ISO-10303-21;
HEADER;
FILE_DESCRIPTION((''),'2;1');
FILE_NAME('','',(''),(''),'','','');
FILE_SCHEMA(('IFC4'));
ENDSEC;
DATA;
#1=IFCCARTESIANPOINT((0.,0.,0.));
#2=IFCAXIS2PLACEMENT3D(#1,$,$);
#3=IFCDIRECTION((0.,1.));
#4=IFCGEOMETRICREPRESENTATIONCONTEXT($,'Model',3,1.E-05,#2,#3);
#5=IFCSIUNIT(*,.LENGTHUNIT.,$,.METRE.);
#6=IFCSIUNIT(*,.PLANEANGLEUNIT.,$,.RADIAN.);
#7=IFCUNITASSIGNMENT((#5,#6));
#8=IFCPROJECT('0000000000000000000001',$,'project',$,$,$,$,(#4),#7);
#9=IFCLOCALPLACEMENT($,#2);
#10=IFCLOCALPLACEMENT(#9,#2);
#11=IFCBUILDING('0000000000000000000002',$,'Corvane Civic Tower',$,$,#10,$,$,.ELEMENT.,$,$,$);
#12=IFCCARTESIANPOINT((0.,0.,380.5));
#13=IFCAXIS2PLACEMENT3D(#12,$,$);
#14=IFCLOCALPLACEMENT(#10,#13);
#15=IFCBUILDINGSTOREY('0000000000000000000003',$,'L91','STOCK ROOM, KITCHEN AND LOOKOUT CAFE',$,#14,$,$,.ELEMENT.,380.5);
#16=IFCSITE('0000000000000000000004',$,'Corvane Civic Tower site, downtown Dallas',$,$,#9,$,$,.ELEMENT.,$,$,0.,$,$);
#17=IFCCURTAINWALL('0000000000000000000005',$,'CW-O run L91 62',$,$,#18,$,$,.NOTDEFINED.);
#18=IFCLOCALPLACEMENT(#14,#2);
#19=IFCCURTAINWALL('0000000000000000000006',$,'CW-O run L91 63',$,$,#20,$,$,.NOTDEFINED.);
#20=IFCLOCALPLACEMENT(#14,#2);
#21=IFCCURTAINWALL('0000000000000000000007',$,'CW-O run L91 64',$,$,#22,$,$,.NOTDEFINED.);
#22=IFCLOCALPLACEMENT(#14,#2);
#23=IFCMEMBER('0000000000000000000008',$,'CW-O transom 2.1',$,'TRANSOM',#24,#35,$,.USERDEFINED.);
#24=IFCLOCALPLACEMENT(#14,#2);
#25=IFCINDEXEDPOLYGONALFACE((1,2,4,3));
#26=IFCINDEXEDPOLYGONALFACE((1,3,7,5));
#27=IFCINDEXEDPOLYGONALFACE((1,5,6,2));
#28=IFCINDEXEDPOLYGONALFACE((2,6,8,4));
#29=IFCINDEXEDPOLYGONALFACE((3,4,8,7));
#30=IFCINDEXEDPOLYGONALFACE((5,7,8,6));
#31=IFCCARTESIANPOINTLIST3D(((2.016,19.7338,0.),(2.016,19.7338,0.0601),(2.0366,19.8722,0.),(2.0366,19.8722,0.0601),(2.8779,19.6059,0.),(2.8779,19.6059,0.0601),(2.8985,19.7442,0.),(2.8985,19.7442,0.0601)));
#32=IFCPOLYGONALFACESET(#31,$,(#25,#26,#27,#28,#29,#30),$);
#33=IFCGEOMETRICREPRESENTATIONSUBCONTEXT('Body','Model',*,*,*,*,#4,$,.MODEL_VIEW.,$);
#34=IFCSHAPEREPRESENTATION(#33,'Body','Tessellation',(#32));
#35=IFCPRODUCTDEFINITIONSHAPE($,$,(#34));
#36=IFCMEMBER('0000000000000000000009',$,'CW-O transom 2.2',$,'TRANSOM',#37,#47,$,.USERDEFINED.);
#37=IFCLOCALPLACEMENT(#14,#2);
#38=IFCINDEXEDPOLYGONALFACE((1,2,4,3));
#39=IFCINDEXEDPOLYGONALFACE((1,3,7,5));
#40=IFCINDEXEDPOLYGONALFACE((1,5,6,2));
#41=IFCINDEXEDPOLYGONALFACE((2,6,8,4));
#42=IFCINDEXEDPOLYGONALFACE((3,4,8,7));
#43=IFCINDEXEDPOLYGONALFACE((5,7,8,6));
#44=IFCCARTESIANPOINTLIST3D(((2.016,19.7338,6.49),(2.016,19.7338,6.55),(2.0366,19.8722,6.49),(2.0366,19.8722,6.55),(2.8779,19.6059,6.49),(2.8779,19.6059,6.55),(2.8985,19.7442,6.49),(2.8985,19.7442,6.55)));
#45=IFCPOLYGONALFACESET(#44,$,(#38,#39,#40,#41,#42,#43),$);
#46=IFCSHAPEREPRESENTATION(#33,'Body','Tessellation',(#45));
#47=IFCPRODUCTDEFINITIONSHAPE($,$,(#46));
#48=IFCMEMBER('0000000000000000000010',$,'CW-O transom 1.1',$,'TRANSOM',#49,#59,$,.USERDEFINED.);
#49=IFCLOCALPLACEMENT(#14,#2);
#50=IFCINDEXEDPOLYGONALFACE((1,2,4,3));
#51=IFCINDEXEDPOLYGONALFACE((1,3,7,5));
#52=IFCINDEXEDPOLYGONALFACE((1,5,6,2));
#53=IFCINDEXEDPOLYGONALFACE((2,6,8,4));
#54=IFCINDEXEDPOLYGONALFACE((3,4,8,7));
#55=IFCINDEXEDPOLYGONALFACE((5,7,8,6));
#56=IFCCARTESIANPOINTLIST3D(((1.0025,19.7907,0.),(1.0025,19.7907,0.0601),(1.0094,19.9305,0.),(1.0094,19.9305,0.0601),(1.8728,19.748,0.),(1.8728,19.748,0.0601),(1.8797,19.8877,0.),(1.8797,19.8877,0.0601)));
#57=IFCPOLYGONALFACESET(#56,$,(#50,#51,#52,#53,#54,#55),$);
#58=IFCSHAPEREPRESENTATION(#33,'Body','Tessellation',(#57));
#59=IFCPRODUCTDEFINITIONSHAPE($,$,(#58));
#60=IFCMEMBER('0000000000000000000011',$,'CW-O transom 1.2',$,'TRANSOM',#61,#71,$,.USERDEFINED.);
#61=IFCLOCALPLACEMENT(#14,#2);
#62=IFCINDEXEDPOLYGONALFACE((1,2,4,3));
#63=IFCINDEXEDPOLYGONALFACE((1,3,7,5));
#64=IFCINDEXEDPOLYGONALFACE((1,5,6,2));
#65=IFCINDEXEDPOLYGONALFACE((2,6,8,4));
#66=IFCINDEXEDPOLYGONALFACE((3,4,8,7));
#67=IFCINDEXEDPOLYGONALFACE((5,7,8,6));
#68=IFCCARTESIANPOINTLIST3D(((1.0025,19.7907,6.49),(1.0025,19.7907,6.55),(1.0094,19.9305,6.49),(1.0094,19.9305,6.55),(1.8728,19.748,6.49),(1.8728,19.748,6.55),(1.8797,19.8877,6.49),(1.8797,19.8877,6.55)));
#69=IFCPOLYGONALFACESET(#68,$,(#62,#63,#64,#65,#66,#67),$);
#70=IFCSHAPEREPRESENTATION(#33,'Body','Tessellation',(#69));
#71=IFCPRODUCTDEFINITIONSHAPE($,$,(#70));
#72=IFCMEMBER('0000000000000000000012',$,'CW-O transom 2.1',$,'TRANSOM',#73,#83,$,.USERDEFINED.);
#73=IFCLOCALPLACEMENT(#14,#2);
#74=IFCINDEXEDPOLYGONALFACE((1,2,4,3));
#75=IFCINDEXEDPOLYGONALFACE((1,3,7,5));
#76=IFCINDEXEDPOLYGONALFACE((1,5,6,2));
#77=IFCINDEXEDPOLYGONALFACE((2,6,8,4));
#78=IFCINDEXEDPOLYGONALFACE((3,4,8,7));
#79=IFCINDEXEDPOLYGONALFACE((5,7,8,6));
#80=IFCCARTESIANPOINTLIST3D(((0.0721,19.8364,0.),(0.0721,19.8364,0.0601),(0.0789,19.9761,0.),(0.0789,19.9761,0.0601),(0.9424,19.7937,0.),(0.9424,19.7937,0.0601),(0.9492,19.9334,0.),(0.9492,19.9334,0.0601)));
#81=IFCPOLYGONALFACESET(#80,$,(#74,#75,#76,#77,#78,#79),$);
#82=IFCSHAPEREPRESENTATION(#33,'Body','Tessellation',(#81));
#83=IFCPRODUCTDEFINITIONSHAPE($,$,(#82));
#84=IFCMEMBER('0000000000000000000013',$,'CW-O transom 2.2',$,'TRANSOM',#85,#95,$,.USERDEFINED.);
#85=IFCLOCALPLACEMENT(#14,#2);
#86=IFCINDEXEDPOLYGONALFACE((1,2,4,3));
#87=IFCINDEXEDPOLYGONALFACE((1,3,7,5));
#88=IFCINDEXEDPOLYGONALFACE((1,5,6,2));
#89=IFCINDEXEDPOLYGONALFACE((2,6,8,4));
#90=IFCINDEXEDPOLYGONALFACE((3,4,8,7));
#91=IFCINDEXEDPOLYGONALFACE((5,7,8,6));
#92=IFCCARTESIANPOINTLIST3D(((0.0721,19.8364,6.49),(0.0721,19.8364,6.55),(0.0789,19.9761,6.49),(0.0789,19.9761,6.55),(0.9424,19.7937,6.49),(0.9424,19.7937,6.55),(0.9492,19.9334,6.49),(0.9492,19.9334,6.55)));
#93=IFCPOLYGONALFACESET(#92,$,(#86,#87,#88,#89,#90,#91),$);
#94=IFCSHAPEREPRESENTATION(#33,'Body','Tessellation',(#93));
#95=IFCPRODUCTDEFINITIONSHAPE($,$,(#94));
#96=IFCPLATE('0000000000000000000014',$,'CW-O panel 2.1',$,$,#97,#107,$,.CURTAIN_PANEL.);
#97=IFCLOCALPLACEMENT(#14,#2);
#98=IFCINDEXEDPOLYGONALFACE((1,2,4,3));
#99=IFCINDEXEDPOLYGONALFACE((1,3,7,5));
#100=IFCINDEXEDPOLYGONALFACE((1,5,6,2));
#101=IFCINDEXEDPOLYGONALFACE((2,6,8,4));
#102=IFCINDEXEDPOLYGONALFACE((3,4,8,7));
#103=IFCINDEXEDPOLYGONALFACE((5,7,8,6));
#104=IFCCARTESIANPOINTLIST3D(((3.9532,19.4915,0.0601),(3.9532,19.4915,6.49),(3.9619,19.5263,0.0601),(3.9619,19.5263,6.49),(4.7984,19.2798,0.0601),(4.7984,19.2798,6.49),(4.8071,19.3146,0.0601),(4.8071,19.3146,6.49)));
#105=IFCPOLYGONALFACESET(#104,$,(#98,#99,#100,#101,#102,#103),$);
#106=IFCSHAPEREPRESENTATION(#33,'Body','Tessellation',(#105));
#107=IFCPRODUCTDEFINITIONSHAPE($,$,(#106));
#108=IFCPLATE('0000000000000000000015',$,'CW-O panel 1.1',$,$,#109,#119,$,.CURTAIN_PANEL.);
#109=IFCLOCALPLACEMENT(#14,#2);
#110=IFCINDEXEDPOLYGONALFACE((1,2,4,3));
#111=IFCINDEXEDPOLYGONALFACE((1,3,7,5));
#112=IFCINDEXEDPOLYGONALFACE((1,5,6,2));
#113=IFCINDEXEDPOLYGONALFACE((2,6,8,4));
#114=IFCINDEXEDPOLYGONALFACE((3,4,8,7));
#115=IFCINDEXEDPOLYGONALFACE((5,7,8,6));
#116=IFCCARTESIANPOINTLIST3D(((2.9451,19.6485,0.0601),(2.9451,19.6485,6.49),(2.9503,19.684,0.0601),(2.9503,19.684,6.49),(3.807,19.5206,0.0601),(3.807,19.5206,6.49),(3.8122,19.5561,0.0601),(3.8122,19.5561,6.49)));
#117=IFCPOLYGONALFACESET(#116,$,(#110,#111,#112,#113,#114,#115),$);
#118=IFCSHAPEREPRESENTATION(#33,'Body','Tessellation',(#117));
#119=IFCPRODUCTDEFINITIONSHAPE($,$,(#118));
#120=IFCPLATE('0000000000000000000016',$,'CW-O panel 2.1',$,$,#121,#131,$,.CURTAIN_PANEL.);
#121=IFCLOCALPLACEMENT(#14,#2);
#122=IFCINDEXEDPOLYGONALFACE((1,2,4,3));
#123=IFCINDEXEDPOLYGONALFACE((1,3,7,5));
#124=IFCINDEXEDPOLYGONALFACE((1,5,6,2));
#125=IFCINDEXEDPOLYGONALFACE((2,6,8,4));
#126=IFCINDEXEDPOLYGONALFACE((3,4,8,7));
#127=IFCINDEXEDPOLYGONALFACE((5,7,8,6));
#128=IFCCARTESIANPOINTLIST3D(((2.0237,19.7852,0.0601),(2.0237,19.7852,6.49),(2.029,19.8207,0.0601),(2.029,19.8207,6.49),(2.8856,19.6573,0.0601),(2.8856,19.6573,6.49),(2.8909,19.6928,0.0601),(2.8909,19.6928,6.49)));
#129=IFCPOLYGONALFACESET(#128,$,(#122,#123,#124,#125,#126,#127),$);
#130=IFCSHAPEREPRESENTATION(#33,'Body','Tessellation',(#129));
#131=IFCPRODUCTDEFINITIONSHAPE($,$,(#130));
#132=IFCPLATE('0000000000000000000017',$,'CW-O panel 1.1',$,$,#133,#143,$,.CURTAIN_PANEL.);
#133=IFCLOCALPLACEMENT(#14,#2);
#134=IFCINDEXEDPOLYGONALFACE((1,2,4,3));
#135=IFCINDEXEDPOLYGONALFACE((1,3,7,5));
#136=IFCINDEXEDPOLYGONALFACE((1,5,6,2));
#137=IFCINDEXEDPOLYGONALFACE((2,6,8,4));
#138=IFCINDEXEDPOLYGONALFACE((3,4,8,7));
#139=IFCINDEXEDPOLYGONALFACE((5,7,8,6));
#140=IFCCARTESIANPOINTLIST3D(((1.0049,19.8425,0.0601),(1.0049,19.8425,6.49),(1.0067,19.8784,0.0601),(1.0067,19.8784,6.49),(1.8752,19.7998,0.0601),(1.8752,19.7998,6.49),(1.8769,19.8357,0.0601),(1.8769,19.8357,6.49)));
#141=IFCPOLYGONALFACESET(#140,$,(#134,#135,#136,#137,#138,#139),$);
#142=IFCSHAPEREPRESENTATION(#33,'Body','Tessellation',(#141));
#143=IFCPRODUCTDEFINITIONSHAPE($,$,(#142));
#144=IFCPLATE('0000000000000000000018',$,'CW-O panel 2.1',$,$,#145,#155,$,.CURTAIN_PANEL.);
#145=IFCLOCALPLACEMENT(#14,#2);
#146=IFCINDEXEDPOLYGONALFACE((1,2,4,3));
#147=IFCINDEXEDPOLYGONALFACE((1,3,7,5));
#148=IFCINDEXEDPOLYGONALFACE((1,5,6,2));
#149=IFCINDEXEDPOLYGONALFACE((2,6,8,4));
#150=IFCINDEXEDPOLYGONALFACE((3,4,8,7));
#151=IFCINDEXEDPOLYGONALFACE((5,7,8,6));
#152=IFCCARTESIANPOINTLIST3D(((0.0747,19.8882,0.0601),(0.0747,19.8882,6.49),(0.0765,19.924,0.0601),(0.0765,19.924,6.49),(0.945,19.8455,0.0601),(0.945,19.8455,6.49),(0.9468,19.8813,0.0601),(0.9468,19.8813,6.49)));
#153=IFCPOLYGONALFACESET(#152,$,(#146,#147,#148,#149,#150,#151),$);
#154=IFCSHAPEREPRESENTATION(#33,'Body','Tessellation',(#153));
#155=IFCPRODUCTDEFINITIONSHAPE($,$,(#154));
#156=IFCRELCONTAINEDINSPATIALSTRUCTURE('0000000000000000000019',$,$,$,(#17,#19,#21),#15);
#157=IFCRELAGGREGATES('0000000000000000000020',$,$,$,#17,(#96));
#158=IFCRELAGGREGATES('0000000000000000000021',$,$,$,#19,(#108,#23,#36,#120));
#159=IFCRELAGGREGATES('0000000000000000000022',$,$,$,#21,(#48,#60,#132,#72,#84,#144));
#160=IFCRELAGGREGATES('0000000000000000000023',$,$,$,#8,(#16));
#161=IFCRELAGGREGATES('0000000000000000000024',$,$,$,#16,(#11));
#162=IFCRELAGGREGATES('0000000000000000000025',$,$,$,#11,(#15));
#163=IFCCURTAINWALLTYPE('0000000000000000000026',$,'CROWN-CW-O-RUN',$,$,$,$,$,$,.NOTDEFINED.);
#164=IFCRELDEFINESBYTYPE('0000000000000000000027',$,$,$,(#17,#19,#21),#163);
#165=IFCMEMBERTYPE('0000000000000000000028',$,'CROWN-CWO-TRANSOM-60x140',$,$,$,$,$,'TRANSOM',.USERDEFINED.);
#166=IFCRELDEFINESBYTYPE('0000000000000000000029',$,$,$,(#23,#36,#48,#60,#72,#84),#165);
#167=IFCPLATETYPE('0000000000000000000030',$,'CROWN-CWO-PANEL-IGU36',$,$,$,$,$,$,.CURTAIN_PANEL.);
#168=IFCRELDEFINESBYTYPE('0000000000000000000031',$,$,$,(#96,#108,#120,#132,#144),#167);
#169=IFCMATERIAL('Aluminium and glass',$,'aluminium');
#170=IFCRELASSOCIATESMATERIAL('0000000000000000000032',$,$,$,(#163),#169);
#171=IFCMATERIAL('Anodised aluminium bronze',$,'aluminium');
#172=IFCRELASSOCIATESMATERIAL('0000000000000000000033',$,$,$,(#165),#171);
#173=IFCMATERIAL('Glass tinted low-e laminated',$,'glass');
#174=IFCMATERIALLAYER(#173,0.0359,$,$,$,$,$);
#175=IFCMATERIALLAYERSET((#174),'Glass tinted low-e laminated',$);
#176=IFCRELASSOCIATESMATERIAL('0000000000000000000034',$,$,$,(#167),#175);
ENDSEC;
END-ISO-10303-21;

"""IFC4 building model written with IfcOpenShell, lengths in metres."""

from ifc_helpers import new_model, si_unit, direction, frame, origin, origin_2d, place, context, subcontext, project, spatial, rectangle, extrude, material, layer, layer_set, material_profile, profile_set, type_object, element, aggregate, save


model = new_model("IFC4")

# Units and contexts
model_context = context("Model", 3, precision=1e-05, world=origin(), true_north=direction((0.0, 1.0)))
body_context = subcontext(model_context, "Body", "Model", "MODEL_VIEW")
ifc_project = project(units=[si_unit("LENGTHUNIT", "METRE"), si_unit("PLANEANGLEUNIT", "RADIAN")], contexts=[model_context])

# Site, building, storey
site_placement = place(None, origin())
site = spatial("IfcSite", under=ifc_project, at=site_placement, Name="Corvane Civic Tower site, downtown Dallas", CompositionType="ELEMENT", RefElevation=0.0)
building_placement = place(site_placement, origin())
building = spatial("IfcBuilding", under=site, at=building_placement, Name="Corvane Civic Tower", CompositionType="ELEMENT")
storey_placement = place(building_placement, frame((0.0, 0.0, 380.5)))
storey = spatial("IfcBuildingStorey", under=building, at=storey_placement, Name="L91", Description="STOCK ROOM, KITCHEN AND LOOKOUT CAFE", CompositionType="ELEMENT", Elevation=380.5)

# Curtain wall
ifc_material_1 = material(Name="Aluminium and glass", Category="aluminium")
curtain_wall_type = type_object("IfcCurtainWallType", Name="CROWN-CW-O-RUN", PredefinedType="NOTDEFINED", material=ifc_material_1)
curtain_wall_1_placement = place(storey_placement, origin())
curtain_wall_1 = element("IfcCurtainWall", 1, at=curtain_wall_1_placement, inside=storey, type_object=curtain_wall_type, Name="CW-O run L91 62", PredefinedType="NOTDEFINED")

# Curtain walls
curtain_wall_2_placement = place(storey_placement, origin())
curtain_wall_2 = element("IfcCurtainWall", 2, at=curtain_wall_2_placement, inside=storey, type_object=curtain_wall_type, Name="CW-O run L91 63", PredefinedType="NOTDEFINED")
curtain_wall_3_placement = place(storey_placement, origin())
curtain_wall_3 = element("IfcCurtainWall", 3, at=curtain_wall_3_placement, inside=storey, type_object=curtain_wall_type, Name="CW-O run L91 64", PredefinedType="NOTDEFINED")

# Members
ifc_material_2 = material(Name="Anodised aluminium bronze", Category="aluminium")
ifc_material_profile_1 = material_profile(ifc_material_2, rectangle(XDim=0.1399, YDim=0.0601, at=origin_2d()), Name="AL 140x60")
ifc_profile_set_1 = profile_set([ifc_material_profile_1], Name="Anodised aluminium bronze")
member_type_1 = type_object("IfcMemberType", Name="CROWN-CWO-TRANSOM-60x140", ElementType="TRANSOM", PredefinedType="USERDEFINED", material=ifc_profile_set_1)
member_1_placement = place(storey_placement, frame((2.8882, 19.675, 0.03), z_axis=(-0.989161, 0.146833, 0.0), x_axis=(-0.146833, -0.989161, 0.0)))
member_1 = element("IfcMember", 4, at=member_1_placement, type_object=member_type_1, Name="CW-O transom 2.1", ObjectType="TRANSOM", PredefinedType="USERDEFINED", context=body_context, shape_type="SweptSolid", body=[
    extrude(rectangle(XDim=0.1399, YDim=0.0601, at=origin_2d()), origin(), (0.0, 0.0, 1.0), 0.8713),
])
member_2_placement = place(storey_placement, frame((2.8882, 19.675, 6.52), z_axis=(-0.989161, 0.146833, 0.0), x_axis=(-0.146833, -0.989161, 0.0)))
member_2 = element("IfcMember", 5, at=member_2_placement, type_object=member_type_1, Name="CW-O transom 2.2", ObjectType="TRANSOM", PredefinedType="USERDEFINED", context=body_context, shape_type="SweptSolid", body=[
    extrude(rectangle(XDim=0.1399, YDim=0.0601, at=origin_2d()), origin(), (0.0, 0.0, 1.0), 0.8713),
])
member_3_placement = place(storey_placement, frame((1.8762, 19.8179, 0.03), z_axis=(-0.998797, 0.049029, 0.0), x_axis=(-0.049029, -0.998797, 0.0)))
member_3 = element("IfcMember", 6, at=member_3_placement, type_object=member_type_1, Name="CW-O transom 1.1", ObjectType="TRANSOM", PredefinedType="USERDEFINED", context=body_context, shape_type="SweptSolid", body=[
    extrude(rectangle(XDim=0.1399, YDim=0.0601, at=origin_2d()), origin(), (0.0, 0.0, 1.0), 0.8713),
])
member_4_placement = place(storey_placement, frame((1.8762, 19.8179, 6.52), z_axis=(-0.998797, 0.049029, 0.0), x_axis=(-0.049029, -0.998797, 0.0)))
member_4 = element("IfcMember", 7, at=member_4_placement, type_object=member_type_1, Name="CW-O transom 1.2", ObjectType="TRANSOM", PredefinedType="USERDEFINED", context=body_context, shape_type="SweptSolid", body=[
    extrude(rectangle(XDim=0.1399, YDim=0.0601, at=origin_2d()), origin(), (0.0, 0.0, 1.0), 0.8713),
])
member_5_placement = place(storey_placement, frame((0.9458, 19.8635, 0.03), z_axis=(-0.998797, 0.049029, 0.0), x_axis=(-0.049029, -0.998797, 0.0)))
member_5 = element("IfcMember", 8, at=member_5_placement, type_object=member_type_1, Name="CW-O transom 2.1", ObjectType="TRANSOM", PredefinedType="USERDEFINED", context=body_context, shape_type="SweptSolid", body=[
    extrude(rectangle(XDim=0.1399, YDim=0.0601, at=origin_2d()), origin(), (0.0, 0.0, 1.0), 0.8713),
])
member_6_placement = place(storey_placement, frame((0.9458, 19.8635, 6.52), z_axis=(-0.998797, 0.049029, 0.0), x_axis=(-0.049029, -0.998797, 0.0)))
member_6 = element("IfcMember", 9, at=member_6_placement, type_object=member_type_1, Name="CW-O transom 2.2", ObjectType="TRANSOM", PredefinedType="USERDEFINED", context=body_context, shape_type="SweptSolid", body=[
    extrude(rectangle(XDim=0.1399, YDim=0.0601, at=origin_2d()), origin(), (0.0, 0.0, 1.0), 0.8713),
])

# Plates
ifc_material_3 = material(Name="Glass tinted low-e laminated", Category="glass")
ifc_layer = layer(ifc_material_3, 0.0359)
ifc_layer_set = layer_set([ifc_layer], Name="Glass tinted low-e laminated")
plate_type = type_object("IfcPlateType", Name="CROWN-CWO-PANEL-IGU36", PredefinedType="CURTAIN_PANEL", material=ifc_layer_set)
plate_1_placement = place(storey_placement, frame((4.3801, 19.4031, 0.0601), z_axis=(0.0, 0.0, 1.0), x_axis=(-0.970038, 0.242952, 0.0)))
plate_1 = element("IfcPlate", 10, at=plate_1_placement, type_object=plate_type, Name="CW-O panel 2.1", PredefinedType="CURTAIN_PANEL", context=body_context, shape_type="SweptSolid", body=[
    extrude(rectangle(XDim=0.8713, YDim=0.0359, at=origin_2d()), origin(), (0.0, 0.0, 1.0), 6.4299),
])
aggregate(curtain_wall_1, [plate_1])
plate_2_placement = place(storey_placement, frame((3.3787, 19.6023, 0.0601), z_axis=(0.0, 0.0, 1.0), x_axis=(-0.98917, 0.146771, 0.0)))
plate_2 = element("IfcPlate", 11, at=plate_2_placement, type_object=plate_type, Name="CW-O panel 1.1", PredefinedType="CURTAIN_PANEL", context=body_context, shape_type="SweptSolid", body=[
    extrude(rectangle(XDim=0.8713, YDim=0.0359, at=origin_2d()), origin(), (0.0, 0.0, 1.0), 6.4299),
])
plate_3_placement = place(storey_placement, frame((2.4573, 19.739, 0.0601), z_axis=(0.0, 0.0, 1.0), x_axis=(-0.98917, 0.146771, 0.0)))
plate_3 = element("IfcPlate", 12, at=plate_3_placement, type_object=plate_type, Name="CW-O panel 2.1", PredefinedType="CURTAIN_PANEL", context=body_context, shape_type="SweptSolid", body=[
    extrude(rectangle(XDim=0.8713, YDim=0.0359, at=origin_2d()), origin(), (0.0, 0.0, 1.0), 6.4299),
])
aggregate(curtain_wall_2, [plate_2, member_1, member_2, plate_3])
plate_4_placement = place(storey_placement, frame((1.4409, 19.8391, 0.0601), z_axis=(0.0, 0.0, 1.0), x_axis=(-0.998799, 0.048991, 0.0)))
plate_4 = element("IfcPlate", 13, at=plate_4_placement, type_object=plate_type, Name="CW-O panel 1.1", PredefinedType="CURTAIN_PANEL", context=body_context, shape_type="SweptSolid", body=[
    extrude(rectangle(XDim=0.8713, YDim=0.0359, at=origin_2d()), origin(), (0.0, 0.0, 1.0), 6.4299),
])
plate_5_placement = place(storey_placement, frame((0.5107, 19.8848, 0.0601), z_axis=(0.0, 0.0, 1.0), x_axis=(-0.998799, 0.048991, 0.0)))
plate_5 = element("IfcPlate", 14, at=plate_5_placement, type_object=plate_type, Name="CW-O panel 2.1", PredefinedType="CURTAIN_PANEL", context=body_context, shape_type="SweptSolid", body=[
    extrude(rectangle(XDim=0.8713, YDim=0.0359, at=origin_2d()), origin(), (0.0, 0.0, 1.0), 6.4299),
])
aggregate(curtain_wall_3, [member_3, member_4, plate_4, member_5, member_6, plate_5])

save(model, "model.ifc")
